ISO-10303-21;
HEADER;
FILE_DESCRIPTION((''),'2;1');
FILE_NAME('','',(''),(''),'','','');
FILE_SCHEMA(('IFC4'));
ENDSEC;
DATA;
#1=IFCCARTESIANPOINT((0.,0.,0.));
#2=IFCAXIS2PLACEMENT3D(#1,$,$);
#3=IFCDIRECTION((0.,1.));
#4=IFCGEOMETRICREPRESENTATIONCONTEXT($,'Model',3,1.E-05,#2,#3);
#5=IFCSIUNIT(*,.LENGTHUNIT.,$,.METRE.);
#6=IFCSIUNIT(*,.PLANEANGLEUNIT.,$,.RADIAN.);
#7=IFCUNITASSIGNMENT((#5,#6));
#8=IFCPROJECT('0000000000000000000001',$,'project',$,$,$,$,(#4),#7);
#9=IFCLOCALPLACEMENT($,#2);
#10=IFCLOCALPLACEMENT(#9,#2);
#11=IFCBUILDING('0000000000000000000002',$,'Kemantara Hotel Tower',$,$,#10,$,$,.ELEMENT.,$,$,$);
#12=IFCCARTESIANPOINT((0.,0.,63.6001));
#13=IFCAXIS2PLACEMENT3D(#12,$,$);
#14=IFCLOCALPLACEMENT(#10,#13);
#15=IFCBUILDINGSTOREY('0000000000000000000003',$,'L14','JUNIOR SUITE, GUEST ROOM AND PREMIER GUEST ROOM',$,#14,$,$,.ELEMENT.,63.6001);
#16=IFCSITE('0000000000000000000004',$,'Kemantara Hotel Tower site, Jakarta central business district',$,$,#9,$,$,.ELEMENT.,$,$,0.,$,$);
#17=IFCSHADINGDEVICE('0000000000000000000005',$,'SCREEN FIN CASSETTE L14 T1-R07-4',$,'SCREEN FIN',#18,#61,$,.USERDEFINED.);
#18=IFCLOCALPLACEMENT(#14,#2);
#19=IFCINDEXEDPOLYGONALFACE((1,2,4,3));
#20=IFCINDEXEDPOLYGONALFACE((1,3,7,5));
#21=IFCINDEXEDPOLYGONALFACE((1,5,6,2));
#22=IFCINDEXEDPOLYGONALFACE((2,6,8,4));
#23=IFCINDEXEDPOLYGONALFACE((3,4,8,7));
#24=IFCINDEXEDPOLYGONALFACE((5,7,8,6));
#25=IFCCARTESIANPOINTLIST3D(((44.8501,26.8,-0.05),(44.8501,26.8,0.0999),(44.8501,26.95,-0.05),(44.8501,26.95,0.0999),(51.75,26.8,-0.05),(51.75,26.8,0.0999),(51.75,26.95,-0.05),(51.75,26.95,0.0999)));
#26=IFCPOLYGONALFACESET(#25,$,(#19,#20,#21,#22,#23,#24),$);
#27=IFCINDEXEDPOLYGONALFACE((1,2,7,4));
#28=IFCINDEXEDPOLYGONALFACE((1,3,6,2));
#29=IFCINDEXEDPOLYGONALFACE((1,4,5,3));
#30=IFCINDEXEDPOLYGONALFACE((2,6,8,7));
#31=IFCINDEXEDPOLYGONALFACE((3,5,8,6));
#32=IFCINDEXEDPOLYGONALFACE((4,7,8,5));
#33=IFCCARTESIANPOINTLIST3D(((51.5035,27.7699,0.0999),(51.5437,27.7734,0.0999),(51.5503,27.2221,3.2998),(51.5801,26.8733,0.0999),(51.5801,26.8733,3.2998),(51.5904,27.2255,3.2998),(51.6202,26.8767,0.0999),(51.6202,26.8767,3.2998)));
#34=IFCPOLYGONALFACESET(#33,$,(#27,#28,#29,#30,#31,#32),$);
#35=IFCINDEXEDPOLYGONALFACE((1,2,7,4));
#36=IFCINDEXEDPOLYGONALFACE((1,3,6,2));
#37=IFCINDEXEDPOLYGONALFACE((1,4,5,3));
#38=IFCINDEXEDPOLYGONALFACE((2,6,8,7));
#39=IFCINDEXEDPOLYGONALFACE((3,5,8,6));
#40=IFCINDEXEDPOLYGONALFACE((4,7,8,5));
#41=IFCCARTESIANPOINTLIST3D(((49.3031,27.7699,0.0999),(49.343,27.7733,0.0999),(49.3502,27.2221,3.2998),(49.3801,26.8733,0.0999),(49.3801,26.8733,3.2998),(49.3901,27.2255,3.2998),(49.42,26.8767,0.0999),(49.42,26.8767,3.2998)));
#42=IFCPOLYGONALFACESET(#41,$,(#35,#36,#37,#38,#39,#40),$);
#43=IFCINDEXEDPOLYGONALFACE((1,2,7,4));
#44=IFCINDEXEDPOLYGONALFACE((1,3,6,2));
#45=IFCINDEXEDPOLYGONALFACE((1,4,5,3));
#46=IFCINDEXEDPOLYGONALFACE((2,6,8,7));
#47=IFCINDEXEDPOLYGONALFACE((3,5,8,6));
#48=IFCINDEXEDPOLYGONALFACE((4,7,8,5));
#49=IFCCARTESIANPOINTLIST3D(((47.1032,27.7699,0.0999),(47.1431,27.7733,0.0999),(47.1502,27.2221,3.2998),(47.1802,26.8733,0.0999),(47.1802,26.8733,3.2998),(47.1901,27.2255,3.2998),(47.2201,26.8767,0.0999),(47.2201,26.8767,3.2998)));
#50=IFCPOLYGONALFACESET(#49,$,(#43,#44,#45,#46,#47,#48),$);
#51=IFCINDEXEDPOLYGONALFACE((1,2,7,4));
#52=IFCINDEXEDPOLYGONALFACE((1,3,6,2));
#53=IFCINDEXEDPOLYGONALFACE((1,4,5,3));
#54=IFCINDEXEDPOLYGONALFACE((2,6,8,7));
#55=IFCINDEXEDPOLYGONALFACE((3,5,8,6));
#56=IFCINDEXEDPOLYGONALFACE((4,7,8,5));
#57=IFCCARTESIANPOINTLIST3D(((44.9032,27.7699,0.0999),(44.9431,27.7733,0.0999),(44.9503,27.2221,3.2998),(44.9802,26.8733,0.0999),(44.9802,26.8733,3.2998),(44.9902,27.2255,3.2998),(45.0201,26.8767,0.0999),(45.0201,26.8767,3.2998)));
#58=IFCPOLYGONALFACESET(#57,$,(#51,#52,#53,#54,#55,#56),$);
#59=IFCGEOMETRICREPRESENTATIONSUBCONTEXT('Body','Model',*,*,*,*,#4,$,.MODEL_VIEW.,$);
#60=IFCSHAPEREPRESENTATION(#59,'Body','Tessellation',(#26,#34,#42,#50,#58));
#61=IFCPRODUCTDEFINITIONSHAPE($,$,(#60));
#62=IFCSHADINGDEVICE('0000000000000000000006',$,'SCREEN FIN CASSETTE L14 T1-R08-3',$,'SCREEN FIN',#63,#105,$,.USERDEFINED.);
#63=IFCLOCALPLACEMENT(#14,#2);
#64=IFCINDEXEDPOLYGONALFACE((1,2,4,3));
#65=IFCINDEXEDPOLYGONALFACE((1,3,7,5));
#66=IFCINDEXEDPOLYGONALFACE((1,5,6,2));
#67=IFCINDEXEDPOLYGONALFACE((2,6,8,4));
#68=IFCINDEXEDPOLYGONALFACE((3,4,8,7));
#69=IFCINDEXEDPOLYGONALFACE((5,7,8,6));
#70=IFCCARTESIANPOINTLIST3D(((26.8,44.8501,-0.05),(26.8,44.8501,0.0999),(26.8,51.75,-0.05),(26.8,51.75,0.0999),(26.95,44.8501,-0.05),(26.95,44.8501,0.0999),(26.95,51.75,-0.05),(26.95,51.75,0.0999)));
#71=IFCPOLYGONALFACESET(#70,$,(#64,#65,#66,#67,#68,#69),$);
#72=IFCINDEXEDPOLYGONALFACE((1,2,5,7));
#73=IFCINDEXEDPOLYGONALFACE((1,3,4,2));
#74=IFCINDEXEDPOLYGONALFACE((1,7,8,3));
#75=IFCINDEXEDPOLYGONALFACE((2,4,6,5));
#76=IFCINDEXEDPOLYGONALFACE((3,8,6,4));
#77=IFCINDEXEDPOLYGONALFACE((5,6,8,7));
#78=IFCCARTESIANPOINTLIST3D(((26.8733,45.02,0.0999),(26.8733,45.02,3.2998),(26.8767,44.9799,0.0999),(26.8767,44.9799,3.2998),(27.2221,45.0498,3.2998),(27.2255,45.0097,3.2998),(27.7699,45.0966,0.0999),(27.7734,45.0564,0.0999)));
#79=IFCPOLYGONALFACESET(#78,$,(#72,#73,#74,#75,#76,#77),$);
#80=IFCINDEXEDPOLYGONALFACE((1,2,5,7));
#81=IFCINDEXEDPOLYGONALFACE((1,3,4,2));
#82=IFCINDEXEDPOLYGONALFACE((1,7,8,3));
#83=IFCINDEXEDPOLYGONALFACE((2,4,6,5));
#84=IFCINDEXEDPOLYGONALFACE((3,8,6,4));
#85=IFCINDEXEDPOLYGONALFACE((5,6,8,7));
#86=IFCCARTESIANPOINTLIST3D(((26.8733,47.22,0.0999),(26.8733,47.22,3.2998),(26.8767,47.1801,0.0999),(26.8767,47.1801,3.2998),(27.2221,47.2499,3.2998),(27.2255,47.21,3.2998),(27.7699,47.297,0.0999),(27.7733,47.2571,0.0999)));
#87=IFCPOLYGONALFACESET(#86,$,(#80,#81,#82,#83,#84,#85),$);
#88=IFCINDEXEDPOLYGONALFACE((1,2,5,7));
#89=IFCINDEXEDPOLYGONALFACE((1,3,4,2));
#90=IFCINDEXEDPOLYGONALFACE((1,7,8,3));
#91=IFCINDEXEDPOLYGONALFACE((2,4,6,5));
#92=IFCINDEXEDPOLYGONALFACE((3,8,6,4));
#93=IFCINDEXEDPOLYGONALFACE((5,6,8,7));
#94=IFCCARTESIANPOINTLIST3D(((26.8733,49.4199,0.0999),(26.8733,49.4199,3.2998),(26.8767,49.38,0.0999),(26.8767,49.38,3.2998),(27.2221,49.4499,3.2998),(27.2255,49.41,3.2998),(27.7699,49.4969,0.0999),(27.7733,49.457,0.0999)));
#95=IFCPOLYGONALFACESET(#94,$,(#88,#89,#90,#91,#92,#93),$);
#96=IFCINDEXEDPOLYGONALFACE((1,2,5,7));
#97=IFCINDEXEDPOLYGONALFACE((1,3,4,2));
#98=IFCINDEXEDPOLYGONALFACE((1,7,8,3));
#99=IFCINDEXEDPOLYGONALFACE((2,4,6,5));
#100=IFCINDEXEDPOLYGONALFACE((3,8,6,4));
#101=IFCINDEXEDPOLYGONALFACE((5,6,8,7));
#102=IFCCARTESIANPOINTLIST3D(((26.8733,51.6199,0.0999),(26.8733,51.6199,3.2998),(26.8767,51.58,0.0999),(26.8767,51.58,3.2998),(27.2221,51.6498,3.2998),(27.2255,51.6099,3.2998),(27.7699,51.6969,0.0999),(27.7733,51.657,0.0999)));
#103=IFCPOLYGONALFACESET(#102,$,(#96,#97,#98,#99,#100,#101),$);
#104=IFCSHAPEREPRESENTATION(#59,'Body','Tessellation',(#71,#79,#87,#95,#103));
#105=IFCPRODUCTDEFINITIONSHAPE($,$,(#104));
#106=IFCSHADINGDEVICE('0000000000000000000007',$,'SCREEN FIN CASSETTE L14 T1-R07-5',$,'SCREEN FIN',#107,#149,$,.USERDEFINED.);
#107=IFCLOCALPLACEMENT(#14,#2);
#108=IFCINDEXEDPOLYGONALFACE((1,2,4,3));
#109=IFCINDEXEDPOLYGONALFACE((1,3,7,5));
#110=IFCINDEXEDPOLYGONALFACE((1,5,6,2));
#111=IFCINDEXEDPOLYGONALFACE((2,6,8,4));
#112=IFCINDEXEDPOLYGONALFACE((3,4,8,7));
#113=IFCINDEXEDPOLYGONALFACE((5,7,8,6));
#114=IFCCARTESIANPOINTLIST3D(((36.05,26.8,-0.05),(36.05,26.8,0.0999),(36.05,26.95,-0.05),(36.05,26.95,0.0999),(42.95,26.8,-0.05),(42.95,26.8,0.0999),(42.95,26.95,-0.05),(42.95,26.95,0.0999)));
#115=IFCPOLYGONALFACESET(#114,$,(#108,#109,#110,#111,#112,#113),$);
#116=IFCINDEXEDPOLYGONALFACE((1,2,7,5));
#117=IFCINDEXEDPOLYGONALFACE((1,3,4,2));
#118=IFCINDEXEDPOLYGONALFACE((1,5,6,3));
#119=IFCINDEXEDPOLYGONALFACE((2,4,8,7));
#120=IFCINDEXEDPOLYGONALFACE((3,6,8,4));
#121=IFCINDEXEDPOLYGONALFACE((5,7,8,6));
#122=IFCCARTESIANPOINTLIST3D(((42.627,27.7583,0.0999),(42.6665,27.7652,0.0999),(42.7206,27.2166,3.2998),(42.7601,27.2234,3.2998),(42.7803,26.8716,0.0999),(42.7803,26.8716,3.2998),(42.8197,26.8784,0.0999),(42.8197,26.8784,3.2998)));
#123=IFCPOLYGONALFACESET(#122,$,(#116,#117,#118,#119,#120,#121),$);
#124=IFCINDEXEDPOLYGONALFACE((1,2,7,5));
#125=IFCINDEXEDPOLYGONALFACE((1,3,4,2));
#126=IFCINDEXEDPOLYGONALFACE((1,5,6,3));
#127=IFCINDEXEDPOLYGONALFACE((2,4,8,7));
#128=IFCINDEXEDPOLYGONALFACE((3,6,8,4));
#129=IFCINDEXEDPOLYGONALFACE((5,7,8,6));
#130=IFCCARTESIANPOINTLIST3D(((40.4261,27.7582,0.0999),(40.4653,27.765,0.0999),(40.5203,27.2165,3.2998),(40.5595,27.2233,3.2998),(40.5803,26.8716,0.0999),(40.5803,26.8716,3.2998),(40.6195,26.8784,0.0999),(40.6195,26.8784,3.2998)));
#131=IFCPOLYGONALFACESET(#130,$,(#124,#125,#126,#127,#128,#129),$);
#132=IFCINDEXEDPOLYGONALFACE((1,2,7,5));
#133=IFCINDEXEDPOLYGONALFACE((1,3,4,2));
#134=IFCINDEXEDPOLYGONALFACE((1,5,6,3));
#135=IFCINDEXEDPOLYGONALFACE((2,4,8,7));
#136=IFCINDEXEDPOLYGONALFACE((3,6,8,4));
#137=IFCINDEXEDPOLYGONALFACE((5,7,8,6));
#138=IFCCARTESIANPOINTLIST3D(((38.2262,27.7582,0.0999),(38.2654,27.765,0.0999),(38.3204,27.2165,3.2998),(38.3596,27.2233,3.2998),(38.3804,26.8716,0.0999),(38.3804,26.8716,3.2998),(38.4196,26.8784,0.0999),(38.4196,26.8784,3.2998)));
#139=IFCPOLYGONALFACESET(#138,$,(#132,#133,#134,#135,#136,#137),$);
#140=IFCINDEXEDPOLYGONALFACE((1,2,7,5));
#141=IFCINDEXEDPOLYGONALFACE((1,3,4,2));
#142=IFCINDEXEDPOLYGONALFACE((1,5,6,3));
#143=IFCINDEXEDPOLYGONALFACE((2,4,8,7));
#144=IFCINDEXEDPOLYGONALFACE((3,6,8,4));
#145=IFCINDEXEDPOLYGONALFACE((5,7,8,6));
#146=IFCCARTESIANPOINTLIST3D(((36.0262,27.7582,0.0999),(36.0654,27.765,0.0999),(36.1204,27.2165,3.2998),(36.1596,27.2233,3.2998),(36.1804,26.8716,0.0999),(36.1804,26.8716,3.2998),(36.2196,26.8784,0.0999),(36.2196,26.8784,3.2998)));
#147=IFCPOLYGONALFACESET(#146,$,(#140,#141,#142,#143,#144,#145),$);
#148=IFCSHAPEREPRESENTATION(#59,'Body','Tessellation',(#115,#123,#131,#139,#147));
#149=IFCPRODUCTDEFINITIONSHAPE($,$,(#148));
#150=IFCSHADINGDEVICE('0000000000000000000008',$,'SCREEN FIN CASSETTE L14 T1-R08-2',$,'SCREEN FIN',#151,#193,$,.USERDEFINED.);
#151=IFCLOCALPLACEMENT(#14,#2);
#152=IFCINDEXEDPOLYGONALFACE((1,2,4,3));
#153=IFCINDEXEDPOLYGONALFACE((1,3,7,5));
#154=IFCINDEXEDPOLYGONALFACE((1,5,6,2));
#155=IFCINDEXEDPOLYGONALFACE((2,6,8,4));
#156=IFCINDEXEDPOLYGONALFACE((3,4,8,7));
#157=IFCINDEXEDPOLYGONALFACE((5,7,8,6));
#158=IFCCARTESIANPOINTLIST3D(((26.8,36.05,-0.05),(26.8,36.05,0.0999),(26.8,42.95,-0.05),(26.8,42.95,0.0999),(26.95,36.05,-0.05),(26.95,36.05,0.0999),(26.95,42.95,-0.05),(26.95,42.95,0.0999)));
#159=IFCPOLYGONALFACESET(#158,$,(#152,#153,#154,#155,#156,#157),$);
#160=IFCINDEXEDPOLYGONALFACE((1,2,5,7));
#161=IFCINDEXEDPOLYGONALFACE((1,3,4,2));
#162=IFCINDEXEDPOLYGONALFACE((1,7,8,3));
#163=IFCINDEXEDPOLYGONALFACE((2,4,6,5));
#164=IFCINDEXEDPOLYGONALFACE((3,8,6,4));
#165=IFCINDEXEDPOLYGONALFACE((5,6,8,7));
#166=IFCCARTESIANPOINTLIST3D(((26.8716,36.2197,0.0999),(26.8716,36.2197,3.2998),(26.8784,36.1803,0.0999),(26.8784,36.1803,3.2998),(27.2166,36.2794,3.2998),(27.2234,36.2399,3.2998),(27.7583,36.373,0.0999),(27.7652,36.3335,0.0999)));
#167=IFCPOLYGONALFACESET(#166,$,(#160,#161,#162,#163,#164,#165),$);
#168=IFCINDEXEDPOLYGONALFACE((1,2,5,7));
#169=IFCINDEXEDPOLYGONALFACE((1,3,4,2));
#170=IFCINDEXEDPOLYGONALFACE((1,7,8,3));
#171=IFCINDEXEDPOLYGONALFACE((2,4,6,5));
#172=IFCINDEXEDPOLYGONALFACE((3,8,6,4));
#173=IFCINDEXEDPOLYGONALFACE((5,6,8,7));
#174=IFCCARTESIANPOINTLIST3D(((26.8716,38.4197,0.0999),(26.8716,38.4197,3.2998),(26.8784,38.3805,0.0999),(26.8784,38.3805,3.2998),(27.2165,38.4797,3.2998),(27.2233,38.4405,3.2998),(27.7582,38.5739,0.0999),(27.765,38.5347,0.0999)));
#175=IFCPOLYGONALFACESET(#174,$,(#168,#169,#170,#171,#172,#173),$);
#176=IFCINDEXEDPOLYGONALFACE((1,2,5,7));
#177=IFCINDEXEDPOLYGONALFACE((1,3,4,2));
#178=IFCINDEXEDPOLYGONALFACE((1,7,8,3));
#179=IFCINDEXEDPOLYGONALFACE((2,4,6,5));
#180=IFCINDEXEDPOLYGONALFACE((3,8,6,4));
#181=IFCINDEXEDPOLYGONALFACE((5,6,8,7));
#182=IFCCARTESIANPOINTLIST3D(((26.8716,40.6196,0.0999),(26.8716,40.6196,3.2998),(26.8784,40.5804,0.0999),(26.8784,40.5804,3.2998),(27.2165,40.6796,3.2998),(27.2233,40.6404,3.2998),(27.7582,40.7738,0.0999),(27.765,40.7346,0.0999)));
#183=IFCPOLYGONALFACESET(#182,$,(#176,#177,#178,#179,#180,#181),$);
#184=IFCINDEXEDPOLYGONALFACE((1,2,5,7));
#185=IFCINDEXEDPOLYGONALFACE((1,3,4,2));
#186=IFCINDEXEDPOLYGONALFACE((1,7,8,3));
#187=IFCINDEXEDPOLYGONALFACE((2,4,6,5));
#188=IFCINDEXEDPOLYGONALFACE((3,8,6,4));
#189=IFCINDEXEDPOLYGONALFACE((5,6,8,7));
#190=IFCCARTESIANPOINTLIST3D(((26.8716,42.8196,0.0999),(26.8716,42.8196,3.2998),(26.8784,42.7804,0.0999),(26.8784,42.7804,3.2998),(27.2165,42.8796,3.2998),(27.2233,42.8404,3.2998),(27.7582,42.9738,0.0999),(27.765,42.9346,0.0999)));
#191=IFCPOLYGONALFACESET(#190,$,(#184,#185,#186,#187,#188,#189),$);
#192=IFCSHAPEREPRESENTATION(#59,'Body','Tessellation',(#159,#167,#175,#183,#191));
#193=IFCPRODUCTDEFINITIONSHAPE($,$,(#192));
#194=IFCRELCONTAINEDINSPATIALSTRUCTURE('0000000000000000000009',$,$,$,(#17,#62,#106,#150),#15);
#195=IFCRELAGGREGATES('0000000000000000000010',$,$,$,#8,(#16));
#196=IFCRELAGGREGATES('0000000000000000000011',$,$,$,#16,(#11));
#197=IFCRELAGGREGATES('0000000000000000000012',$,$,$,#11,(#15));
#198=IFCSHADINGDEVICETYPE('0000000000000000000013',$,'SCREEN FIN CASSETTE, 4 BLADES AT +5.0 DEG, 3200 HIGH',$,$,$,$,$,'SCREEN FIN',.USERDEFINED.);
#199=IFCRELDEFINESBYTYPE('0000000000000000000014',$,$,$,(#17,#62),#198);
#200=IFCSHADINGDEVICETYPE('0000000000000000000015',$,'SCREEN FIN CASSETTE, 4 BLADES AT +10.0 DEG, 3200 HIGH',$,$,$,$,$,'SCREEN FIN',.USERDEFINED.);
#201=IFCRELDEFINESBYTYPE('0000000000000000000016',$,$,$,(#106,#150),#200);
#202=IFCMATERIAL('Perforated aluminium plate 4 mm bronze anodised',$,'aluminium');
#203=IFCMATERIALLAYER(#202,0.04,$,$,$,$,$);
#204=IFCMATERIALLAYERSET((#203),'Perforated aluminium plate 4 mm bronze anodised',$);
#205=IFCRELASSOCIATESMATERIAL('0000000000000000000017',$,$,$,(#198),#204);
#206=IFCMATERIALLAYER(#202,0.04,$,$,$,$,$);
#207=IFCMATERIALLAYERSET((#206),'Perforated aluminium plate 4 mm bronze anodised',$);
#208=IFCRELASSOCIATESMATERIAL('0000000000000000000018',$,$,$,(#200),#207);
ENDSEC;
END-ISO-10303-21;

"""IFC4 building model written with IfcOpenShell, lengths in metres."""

from ifc_helpers import new_model, si_unit, direction, frame, origin, origin_2d, place, context, subcontext, project, spatial, polyline, rectangle, outline, extrude, source, transform, mapped, material, layer, layer_set, type_object, element, save


model = new_model("IFC4")

# Units and contexts
model_context = context("Model", 3, precision=1e-05, world=origin(), true_north=direction((0.0, 1.0)))
body_context = subcontext(model_context, "Body", "Model", "MODEL_VIEW")
ifc_project = project(units=[si_unit("LENGTHUNIT", "METRE"), si_unit("PLANEANGLEUNIT", "RADIAN")], contexts=[model_context])

# Site, building, storey
site_placement = place(None, origin())
site = spatial("IfcSite", under=ifc_project, at=site_placement, Name="Kemantara Hotel Tower site, Jakarta central business district", CompositionType="ELEMENT", RefElevation=0.0)
building_placement = place(site_placement, origin())
building = spatial("IfcBuilding", under=site, at=building_placement, Name="Kemantara Hotel Tower", CompositionType="ELEMENT")
storey_placement = place(building_placement, frame((0.0, 0.0, 63.6001)))
storey = spatial("IfcBuildingStorey", under=building, at=storey_placement, Name="L14", Description="JUNIOR SUITE, GUEST ROOM AND PREMIER GUEST ROOM", CompositionType="ELEMENT", Elevation=63.6001)

# Shading devices
ifc_material_1 = material(Name="Perforated aluminium plate 4 mm bronze anodised", Category="aluminium")
ifc_layer_1 = layer(ifc_material_1, 0.04)
ifc_layer_set_1 = layer_set([ifc_layer_1], Name="Perforated aluminium plate 4 mm bronze anodised")
shading_device_type_1 = type_object("IfcShadingDeviceType", Name="SCREEN FIN CASSETTE, 4 BLADES AT +5.0 DEG, 3200 HIGH", ElementType="SCREEN FIN", PredefinedType="USERDEFINED", material=ifc_layer_set_1)
shared_shape_1 = source(origin(), body_context, "Body", "SweptSolid", [
    extrude(rectangle(XDim=6.8999, YDim=0.1499, at=origin_2d()), frame((3.3, -0.075, -0.1499), z_axis=(0.0, 0.0, 1.0), x_axis=(1.0, 0.0, 0.0)), (0.0, 0.0, 1.0), 0.1499),
    extrude(outline(polyline([(0.0, 0.0), (0.8999, 0.0), (0.3501, 3.2), (0.0, 3.2), (0.0, 0.0)])), frame((0.02, -0.0732, 0.0), z_axis=(-0.996376, -0.085056, 0.0), x_axis=(0.085056, -0.996376, 0.0)), (0.0, 0.0, 1.0), 0.0403),
    extrude(outline(polyline([(0.0, 0.0), (0.8999, 0.0), (0.3501, 3.2), (0.0, 3.2), (0.0, 0.0)])), frame((2.22, -0.0732, 0.0), z_axis=(-0.996332, -0.085575, 0.0), x_axis=(0.085575, -0.996332, 0.0)), (0.0, 0.0, 1.0), 0.04),
    extrude(outline(polyline([(0.0, 0.0), (0.8999, 0.0), (0.3501, 3.2), (0.0, 3.2), (0.0, 0.0)])), frame((4.4199, -0.0732, 0.0), z_axis=(-0.996332, -0.085575, 0.0), x_axis=(0.085575, -0.996332, 0.0)), (0.0, 0.0, 1.0), 0.04),
    extrude(outline(polyline([(0.0, 0.0), (0.8999, 0.0), (0.3501, 3.2), (0.0, 3.2), (0.0, 0.0)])), frame((6.6199, -0.0732, 0.0), z_axis=(-0.996332, -0.085575, 0.0), x_axis=(0.085575, -0.996332, 0.0)), (0.0, 0.0, 1.0), 0.04),
])
for number, where, z_axis, x_axis, name in (
    (1, (51.6001, 26.8, 0.0999), (0.0, 0.0, 1.0), (-1.0, 0.0, 0.0), "SCREEN FIN CASSETTE L14 T1-R07-4"),
    (2, (26.8, 45.0, 0.0999), (0.0, 0.0, 1.0), (0.0, 1.0, 0.0), "SCREEN FIN CASSETTE L14 T1-R08-3"),
):
    element("IfcShadingDevice", number, at=place(storey_placement, frame(where, z_axis=z_axis, x_axis=x_axis)), inside=storey, type_object=shading_device_type_1, Name=name, ObjectType="SCREEN FIN", PredefinedType="USERDEFINED", context=body_context, shape_type="MappedRepresentation", body=[
        mapped(shared_shape_1, transform((0.0, 0.0, 0.0))),
    ])
ifc_layer_2 = layer(ifc_material_1, 0.04)
ifc_layer_set_2 = layer_set([ifc_layer_2], Name="Perforated aluminium plate 4 mm bronze anodised")
shading_device_type_2 = type_object("IfcShadingDeviceType", Name="SCREEN FIN CASSETTE, 4 BLADES AT +10.0 DEG, 3200 HIGH", ElementType="SCREEN FIN", PredefinedType="USERDEFINED", material=ifc_layer_set_2)
shared_shape_2 = source(origin(), body_context, "Body", "SweptSolid", [
    extrude(rectangle(XDim=6.8999, YDim=0.1499, at=origin_2d()), frame((3.3, -0.075, -0.1499), z_axis=(0.0, 0.0, 1.0), x_axis=(1.0, 0.0, 0.0)), (0.0, 0.0, 1.0), 0.1499),
    extrude(outline(polyline([(0.0, 0.0), (0.8999, 0.0), (0.3501, 3.2), (0.0, 3.2), (0.0, 0.0)])), frame((0.0198, -0.0715, 0.0), z_axis=(-0.98539, -0.170314, 0.0), x_axis=(0.170314, -0.98539, 0.0)), (0.0, 0.0, 1.0), 0.04),
    extrude(outline(polyline([(0.0, 0.0), (0.8999, 0.0), (0.3501, 3.2), (0.0, 3.2), (0.0, 0.0)])), frame((2.2197, -0.0715, 0.0), z_axis=(-0.985212, -0.171341, 0.0), x_axis=(0.171341, -0.985212, 0.0)), (0.0, 0.0, 1.0), 0.0398),
    extrude(outline(polyline([(0.0, 0.0), (0.8999, 0.0), (0.3501, 3.2), (0.0, 3.2), (0.0, 0.0)])), frame((4.4197, -0.0715, 0.0), z_axis=(-0.985212, -0.171341, 0.0), x_axis=(0.171341, -0.985212, 0.0)), (0.0, 0.0, 1.0), 0.0398),
    extrude(outline(polyline([(0.0, 0.0), (0.8999, 0.0), (0.3501, 3.2), (0.0, 3.2), (0.0, 0.0)])), frame((6.6196, -0.0715, 0.0), z_axis=(-0.985212, -0.171341, 0.0), x_axis=(0.171341, -0.985212, 0.0)), (0.0, 0.0, 1.0), 0.0398),
])
for number, where, z_axis, x_axis, name in (
    (3, (42.8, 26.8, 0.0999), (0.0, 0.0, 1.0), (-1.0, 0.0, 0.0), "SCREEN FIN CASSETTE L14 T1-R07-5"),
    (4, (26.8, 36.2, 0.0999), (0.0, 0.0, 1.0), (0.0, 1.0, 0.0), "SCREEN FIN CASSETTE L14 T1-R08-2"),
):
    element("IfcShadingDevice", number, at=place(storey_placement, frame(where, z_axis=z_axis, x_axis=x_axis)), inside=storey, type_object=shading_device_type_2, Name=name, ObjectType="SCREEN FIN", PredefinedType="USERDEFINED", context=body_context, shape_type="MappedRepresentation", body=[
        mapped(shared_shape_2, transform((0.0, 0.0, 0.0))),
    ])

save(model, "model.ifc")
